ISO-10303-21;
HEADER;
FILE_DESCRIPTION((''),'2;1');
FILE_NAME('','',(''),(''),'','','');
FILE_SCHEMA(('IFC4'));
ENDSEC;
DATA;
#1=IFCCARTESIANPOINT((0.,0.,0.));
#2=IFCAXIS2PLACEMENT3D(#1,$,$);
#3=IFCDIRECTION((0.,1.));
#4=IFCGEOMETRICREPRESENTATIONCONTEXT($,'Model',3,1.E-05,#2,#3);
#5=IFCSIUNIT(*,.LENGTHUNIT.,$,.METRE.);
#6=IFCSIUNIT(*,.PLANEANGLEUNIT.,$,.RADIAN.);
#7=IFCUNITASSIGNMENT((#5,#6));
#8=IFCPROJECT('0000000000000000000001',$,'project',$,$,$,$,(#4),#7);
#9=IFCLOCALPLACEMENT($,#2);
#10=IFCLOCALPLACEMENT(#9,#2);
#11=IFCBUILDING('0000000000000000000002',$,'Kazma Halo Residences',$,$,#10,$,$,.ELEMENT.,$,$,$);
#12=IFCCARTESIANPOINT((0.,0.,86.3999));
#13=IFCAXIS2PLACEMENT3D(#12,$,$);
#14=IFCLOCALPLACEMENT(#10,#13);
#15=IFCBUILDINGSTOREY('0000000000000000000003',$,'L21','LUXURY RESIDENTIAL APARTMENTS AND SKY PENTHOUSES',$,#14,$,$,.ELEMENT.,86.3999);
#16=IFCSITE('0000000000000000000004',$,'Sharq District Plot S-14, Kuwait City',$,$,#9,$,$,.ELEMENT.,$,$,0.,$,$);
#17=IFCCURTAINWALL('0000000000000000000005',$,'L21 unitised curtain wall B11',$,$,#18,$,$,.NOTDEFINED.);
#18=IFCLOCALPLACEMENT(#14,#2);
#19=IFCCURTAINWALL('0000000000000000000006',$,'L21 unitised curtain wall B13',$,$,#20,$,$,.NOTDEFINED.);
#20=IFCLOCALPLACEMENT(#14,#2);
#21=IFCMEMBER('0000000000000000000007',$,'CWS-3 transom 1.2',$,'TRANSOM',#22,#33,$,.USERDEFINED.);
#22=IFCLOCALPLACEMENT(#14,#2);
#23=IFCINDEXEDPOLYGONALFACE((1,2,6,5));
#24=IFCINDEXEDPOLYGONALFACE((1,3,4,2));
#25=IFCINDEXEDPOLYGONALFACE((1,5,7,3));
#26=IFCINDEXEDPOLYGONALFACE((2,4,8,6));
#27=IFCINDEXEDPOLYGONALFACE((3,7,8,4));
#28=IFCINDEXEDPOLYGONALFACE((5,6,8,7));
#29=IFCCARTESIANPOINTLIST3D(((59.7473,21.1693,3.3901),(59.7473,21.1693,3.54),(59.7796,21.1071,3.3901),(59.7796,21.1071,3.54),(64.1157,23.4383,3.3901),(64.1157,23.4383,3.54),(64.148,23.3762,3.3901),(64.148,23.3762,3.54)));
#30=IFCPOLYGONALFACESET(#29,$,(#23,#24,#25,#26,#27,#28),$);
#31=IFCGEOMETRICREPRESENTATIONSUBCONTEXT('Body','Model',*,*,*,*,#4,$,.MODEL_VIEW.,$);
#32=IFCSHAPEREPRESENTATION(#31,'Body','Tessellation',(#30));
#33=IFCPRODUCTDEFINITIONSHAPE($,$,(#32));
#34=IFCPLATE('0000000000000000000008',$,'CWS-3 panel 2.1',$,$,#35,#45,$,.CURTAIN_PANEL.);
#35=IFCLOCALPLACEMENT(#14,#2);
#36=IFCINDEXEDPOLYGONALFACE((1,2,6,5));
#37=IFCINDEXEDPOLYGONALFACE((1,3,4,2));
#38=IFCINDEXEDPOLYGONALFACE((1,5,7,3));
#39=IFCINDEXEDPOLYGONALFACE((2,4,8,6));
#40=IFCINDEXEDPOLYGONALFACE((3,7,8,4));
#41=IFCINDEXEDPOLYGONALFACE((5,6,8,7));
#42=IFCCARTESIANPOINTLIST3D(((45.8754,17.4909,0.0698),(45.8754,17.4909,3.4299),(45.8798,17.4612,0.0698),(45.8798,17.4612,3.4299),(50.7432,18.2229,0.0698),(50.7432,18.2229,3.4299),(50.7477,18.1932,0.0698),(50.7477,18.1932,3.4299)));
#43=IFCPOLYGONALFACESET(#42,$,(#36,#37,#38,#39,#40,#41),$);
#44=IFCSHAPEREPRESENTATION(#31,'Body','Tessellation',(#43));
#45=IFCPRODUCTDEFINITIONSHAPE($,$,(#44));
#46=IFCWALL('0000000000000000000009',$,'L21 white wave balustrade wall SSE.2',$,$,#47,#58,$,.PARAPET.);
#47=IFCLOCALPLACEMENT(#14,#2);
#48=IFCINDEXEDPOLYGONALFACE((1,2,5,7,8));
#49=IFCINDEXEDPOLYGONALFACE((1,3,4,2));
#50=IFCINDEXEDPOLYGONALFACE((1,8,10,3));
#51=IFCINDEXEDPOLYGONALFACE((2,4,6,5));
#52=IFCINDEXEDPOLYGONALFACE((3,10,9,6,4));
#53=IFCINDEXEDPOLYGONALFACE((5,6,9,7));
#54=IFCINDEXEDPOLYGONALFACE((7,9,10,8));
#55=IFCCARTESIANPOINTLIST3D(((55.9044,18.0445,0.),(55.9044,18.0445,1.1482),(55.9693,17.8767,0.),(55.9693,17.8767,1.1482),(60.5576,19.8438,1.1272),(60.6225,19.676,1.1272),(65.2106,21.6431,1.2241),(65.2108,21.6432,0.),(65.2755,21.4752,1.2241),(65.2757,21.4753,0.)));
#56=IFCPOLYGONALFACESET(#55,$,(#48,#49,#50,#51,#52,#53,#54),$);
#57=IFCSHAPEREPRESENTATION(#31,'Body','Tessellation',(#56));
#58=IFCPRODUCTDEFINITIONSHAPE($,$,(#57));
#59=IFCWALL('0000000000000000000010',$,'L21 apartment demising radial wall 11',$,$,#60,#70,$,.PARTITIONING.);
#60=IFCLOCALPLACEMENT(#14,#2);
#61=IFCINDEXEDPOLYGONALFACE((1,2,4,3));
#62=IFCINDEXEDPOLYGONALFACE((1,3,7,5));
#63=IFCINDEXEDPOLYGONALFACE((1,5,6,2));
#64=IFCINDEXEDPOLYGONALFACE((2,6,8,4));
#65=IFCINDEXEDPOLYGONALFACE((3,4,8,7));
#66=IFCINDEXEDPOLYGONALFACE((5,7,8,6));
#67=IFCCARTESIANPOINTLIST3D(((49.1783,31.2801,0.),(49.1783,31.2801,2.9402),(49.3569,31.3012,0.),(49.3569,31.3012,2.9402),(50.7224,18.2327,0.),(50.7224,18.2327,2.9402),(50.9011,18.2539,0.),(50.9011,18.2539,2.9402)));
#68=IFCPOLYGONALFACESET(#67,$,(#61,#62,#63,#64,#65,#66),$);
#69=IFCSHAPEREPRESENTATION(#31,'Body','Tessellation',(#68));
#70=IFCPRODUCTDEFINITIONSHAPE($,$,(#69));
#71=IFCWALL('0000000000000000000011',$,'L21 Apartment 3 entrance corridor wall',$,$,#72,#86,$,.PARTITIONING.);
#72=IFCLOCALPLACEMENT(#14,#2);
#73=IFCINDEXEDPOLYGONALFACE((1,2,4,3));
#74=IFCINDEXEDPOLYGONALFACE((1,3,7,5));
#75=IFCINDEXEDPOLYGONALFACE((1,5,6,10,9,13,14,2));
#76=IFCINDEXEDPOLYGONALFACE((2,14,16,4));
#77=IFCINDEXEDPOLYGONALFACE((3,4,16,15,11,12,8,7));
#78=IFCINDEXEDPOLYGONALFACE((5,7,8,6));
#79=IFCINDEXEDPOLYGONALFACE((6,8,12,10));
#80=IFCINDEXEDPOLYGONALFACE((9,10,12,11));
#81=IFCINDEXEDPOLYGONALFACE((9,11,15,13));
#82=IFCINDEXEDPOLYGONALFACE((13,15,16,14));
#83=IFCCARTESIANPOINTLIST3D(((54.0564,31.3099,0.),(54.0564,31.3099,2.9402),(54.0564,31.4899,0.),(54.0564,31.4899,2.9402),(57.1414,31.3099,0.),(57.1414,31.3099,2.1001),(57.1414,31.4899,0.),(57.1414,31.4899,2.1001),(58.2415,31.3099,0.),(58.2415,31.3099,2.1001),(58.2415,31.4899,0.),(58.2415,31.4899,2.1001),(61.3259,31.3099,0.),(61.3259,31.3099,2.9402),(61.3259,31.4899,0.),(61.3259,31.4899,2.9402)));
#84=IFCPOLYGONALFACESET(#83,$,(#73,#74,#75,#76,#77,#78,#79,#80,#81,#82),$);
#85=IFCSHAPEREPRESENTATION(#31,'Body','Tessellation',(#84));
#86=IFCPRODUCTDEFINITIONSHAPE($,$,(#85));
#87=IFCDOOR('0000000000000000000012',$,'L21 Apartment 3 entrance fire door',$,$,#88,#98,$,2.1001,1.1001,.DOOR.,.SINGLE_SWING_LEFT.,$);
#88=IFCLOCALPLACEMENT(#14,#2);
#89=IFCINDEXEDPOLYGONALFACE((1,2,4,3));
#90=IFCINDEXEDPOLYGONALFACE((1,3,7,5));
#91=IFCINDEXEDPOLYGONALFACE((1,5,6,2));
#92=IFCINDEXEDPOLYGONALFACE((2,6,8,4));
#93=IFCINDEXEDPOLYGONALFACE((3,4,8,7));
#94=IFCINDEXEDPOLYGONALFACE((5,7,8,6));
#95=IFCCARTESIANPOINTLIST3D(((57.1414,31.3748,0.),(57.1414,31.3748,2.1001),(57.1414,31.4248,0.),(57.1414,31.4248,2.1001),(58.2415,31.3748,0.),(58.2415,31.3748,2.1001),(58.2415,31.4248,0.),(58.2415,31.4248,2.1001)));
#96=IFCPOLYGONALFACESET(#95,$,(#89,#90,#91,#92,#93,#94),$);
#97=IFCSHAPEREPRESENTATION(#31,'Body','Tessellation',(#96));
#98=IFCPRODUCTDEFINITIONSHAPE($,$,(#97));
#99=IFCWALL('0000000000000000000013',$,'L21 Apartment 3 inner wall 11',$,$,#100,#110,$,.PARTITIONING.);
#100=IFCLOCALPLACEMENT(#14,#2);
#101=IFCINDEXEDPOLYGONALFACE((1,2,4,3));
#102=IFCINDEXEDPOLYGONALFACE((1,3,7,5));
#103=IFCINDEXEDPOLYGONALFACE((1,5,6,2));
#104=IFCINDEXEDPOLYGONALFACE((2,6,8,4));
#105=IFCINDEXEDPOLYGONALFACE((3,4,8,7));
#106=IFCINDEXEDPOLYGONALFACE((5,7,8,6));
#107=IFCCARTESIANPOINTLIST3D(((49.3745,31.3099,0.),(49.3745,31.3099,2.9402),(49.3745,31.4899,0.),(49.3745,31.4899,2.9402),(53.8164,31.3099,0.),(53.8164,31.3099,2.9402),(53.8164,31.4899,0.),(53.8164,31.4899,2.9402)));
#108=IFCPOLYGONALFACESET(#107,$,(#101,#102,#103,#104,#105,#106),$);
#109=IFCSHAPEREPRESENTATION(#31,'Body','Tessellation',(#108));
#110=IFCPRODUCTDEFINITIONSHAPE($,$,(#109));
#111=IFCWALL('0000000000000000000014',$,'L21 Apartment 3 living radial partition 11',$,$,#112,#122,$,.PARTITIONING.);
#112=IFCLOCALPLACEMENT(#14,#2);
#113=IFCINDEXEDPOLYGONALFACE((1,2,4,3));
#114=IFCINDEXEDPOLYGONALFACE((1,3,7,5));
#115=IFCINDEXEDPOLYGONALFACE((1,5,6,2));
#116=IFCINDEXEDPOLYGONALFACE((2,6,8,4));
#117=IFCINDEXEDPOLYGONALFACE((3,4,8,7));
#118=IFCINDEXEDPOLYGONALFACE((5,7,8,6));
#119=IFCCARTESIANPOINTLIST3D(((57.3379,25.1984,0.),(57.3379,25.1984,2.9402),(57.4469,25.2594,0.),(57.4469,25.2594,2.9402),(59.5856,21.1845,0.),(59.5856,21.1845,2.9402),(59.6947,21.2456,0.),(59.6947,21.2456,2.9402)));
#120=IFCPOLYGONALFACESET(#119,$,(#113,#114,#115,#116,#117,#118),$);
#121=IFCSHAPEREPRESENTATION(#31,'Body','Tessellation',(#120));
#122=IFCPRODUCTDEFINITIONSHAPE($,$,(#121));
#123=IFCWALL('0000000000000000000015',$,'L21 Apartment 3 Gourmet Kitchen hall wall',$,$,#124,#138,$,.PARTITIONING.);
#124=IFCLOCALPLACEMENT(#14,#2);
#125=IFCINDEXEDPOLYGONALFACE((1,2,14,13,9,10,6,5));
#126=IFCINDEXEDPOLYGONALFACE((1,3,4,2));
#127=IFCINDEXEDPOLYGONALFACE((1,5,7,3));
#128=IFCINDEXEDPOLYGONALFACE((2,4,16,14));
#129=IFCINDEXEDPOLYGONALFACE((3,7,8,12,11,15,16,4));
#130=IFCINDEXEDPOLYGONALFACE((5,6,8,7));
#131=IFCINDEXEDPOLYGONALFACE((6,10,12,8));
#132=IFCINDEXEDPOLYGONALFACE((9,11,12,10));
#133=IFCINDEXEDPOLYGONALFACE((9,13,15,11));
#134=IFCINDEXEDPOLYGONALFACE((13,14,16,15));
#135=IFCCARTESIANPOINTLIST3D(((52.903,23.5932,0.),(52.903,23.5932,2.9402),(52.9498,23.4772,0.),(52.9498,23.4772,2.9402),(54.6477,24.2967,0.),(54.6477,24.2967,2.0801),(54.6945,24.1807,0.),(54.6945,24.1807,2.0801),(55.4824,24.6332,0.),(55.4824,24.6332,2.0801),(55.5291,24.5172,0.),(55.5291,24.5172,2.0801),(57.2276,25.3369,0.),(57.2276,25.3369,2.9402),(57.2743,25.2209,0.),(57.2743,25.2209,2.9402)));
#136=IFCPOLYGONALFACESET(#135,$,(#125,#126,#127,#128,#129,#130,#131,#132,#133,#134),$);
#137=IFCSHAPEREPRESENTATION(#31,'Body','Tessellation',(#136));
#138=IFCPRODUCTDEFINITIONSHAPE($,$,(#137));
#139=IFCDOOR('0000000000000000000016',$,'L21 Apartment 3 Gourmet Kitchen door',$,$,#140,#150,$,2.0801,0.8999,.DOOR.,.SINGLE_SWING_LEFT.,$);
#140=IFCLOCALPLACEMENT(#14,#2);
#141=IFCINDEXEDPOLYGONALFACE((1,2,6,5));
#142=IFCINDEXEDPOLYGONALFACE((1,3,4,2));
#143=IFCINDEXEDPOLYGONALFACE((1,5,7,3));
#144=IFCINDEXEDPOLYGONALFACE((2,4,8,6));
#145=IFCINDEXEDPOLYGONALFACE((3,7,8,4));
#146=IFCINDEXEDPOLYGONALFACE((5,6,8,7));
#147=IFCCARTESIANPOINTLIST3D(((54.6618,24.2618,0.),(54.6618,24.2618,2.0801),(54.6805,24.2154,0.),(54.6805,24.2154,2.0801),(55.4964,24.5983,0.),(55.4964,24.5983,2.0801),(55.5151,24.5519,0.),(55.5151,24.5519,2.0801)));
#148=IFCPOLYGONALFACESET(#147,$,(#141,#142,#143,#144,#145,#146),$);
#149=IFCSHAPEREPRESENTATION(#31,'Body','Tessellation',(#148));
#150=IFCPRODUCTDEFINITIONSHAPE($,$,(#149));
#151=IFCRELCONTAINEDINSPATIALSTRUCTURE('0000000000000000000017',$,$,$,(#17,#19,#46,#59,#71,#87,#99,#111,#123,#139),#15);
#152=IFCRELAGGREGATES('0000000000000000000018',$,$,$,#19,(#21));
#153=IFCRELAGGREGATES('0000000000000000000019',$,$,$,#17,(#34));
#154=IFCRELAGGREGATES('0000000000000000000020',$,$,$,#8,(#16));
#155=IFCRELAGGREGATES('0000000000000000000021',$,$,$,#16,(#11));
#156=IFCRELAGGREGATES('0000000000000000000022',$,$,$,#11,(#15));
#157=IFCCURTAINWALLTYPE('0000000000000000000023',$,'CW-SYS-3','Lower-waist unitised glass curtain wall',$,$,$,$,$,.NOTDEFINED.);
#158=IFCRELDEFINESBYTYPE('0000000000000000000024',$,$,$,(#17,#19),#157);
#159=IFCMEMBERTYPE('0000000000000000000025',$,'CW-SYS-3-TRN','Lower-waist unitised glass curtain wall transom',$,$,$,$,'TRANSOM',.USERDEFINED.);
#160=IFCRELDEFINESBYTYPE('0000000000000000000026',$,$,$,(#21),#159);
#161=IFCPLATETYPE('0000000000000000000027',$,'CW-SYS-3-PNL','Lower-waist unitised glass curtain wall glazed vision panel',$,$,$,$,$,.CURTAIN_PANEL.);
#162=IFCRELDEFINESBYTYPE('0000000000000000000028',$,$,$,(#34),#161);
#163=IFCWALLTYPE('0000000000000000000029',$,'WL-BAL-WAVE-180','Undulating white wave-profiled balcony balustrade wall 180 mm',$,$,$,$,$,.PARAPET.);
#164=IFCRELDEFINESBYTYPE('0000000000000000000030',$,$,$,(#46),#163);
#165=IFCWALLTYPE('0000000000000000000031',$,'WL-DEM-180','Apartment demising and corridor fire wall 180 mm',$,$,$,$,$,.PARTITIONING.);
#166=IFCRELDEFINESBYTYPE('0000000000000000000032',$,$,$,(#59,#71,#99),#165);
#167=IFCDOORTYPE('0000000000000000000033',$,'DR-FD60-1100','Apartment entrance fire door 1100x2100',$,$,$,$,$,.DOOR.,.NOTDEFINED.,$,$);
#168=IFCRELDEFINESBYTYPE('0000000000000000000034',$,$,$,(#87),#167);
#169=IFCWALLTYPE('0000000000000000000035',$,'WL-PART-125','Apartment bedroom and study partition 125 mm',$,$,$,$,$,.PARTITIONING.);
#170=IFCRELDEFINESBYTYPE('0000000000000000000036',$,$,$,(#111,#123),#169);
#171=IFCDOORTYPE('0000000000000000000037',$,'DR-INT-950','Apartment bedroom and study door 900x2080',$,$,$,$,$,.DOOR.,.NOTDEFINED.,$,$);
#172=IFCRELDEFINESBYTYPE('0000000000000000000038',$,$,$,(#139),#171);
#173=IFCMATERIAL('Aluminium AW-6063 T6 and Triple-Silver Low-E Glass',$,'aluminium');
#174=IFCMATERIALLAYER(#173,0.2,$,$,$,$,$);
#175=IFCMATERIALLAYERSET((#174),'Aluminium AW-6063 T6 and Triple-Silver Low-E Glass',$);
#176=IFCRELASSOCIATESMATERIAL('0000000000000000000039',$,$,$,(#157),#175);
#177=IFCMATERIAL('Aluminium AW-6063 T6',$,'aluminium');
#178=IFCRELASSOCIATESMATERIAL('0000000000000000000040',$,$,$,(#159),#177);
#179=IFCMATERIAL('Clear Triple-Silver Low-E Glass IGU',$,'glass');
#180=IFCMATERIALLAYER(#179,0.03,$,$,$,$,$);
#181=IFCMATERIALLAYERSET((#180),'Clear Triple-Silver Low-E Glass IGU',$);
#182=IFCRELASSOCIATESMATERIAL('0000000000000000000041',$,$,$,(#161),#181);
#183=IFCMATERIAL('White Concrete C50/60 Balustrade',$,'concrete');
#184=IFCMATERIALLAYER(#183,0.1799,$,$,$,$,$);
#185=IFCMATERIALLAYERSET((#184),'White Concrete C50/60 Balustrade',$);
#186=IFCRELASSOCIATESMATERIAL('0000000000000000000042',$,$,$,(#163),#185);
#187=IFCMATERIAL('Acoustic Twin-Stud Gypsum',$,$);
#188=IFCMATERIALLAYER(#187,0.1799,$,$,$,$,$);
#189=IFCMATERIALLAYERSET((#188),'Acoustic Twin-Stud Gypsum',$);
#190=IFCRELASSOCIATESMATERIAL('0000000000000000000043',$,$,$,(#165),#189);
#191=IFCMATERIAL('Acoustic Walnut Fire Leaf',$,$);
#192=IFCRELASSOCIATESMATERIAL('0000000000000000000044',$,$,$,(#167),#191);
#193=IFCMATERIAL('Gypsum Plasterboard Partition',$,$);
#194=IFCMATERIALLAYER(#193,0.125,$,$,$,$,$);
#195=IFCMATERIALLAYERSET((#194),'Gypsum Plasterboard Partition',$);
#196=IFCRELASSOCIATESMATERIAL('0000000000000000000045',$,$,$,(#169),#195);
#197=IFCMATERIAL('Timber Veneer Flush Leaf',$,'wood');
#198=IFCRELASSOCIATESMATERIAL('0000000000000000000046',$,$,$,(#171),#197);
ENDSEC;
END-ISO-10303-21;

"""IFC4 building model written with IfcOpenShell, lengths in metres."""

from ifc_helpers import new_model, si_unit, direction, frame, frame_2d, origin, origin_2d, place, context, subcontext, project, spatial, polyline, rectangle, outline, extrude, material, layer, layer_set, material_profile, profile_set, type_object, element, fill, aggregate, save


model = new_model("IFC4")

# Units and contexts
model_context = context("Model", 3, precision=1e-05, world=origin(), true_north=direction((0.0, 1.0)))
body_context = subcontext(model_context, "Body", "Model", "MODEL_VIEW")
ifc_project = project(units=[si_unit("LENGTHUNIT", "METRE"), si_unit("PLANEANGLEUNIT", "RADIAN")], contexts=[model_context])

# Site, building, storey
site_placement = place(None, origin())
site = spatial("IfcSite", under=ifc_project, at=site_placement, Name="Sharq District Plot S-14, Kuwait City", CompositionType="ELEMENT", RefElevation=0.0)
building_placement = place(site_placement, origin())
building = spatial("IfcBuilding", under=site, at=building_placement, Name="Kazma Halo Residences", CompositionType="ELEMENT")
storey_placement = place(building_placement, frame((0.0, 0.0, 86.3999)))
storey = spatial("IfcBuildingStorey", under=building, at=storey_placement, Name="L21", Description="LUXURY RESIDENTIAL APARTMENTS AND SKY PENTHOUSES", CompositionType="ELEMENT", Elevation=86.3999)

# Curtain wall
ifc_material_1 = material(Name="Aluminium AW-6063 T6 and Triple-Silver Low-E Glass", Category="aluminium")
ifc_layer_1 = layer(ifc_material_1, 0.2)
ifc_layer_set_1 = layer_set([ifc_layer_1], Name="Aluminium AW-6063 T6 and Triple-Silver Low-E Glass")
curtain_wall_type = type_object("IfcCurtainWallType", Name="CW-SYS-3", Description="Lower-waist unitised glass curtain wall", PredefinedType="NOTDEFINED", material=ifc_layer_set_1)
curtain_wall_1_placement = place(storey_placement, origin())
curtain_wall_1 = element("IfcCurtainWall", 1, at=curtain_wall_1_placement, inside=storey, type_object=curtain_wall_type, Name="L21 unitised curtain wall B11", PredefinedType="NOTDEFINED")
ifc_material_2 = material(Name="Aluminium AW-6063 T6", Category="aluminium")

# Curtain wall, member
curtain_wall_2_placement = place(storey_placement, origin())
curtain_wall_2 = element("IfcCurtainWall", 2, at=curtain_wall_2_placement, inside=storey, type_object=curtain_wall_type, Name="L21 unitised curtain wall B13", PredefinedType="NOTDEFINED")
ifc_material_profile_1 = material_profile(ifc_material_2, rectangle(XDim=0.0701, YDim=0.1499, at=origin_2d()), Name="CWT-70x150")
ifc_profile_set_1 = profile_set([ifc_material_profile_1], Name="Aluminium AW-6063 T6")
member_type_1 = type_object("IfcMemberType", Name="CW-SYS-3-TRN", Description="Lower-waist unitised glass curtain wall transom", ElementType="TRANSOM", PredefinedType="USERDEFINED", material=ifc_profile_set_1)
member_1_placement = place(storey_placement, frame((59.7634, 21.1382, 3.4651), z_axis=(0.887427, 0.460948, 0.0), x_axis=(-0.460948, 0.887427, 0.0)))
member_1 = element("IfcMember", 3, at=member_1_placement, type_object=member_type_1, Name="CWS-3 transom 1.2", ObjectType="TRANSOM", PredefinedType="USERDEFINED", context=body_context, shape_type="SweptSolid", body=[
    extrude(rectangle(XDim=0.0701, YDim=0.1499, at=origin_2d()), origin(), (0.0, 0.0, 1.0), 4.9226),
])
aggregate(curtain_wall_2, [member_1])

# Plate
ifc_material_3 = material(Name="Clear Triple-Silver Low-E Glass IGU", Category="glass")
ifc_layer_2 = layer(ifc_material_3, 0.03)
ifc_layer_set_2 = layer_set([ifc_layer_2], Name="Clear Triple-Silver Low-E Glass IGU")
plate_type = type_object("IfcPlateType", Name="CW-SYS-3-PNL", Description="Lower-waist unitised glass curtain wall glazed vision panel", PredefinedType="CURTAIN_PANEL", material=ifc_layer_set_2)
plate_placement = place(storey_placement, frame((48.3115, 17.842, 0.0698), z_axis=(0.0, 0.0, 1.0), x_axis=(0.98888, 0.148717, 0.0)))
plate = element("IfcPlate", 4, at=plate_placement, type_object=plate_type, Name="CWS-3 panel 2.1", PredefinedType="CURTAIN_PANEL", context=body_context, shape_type="SweptSolid", body=[
    extrude(rectangle(XDim=4.9226, YDim=0.03, at=origin_2d()), origin(), (0.0, 0.0, 1.0), 3.3601),
])
aggregate(curtain_wall_1, [plate])

# Walls
ifc_material_4 = material(Name="White Concrete C50/60 Balustrade", Category="concrete")
ifc_layer_3 = layer(ifc_material_4, 0.1799)
ifc_layer_set_3 = layer_set([ifc_layer_3], Name="White Concrete C50/60 Balustrade")
wall_type_1 = type_object("IfcWallType", Name="WL-BAL-WAVE-180", Description="Undulating white wave-profiled balcony balustrade wall 180 mm", PredefinedType="PARAPET", material=ifc_layer_set_3)
wall_1_placement = place(storey_placement, frame((55.9368, 17.9607, 0.0), z_axis=(0.0, 0.0, 1.0), x_axis=(0.932698, 0.360659, 0.0)))
element("IfcWall", 5, at=wall_1_placement, inside=storey, type_object=wall_type_1, Name="L21 white wave balustrade wall SSE.2", PredefinedType="PARAPET", context=body_context, shape_type="SweptSolid", body=[
    extrude(outline(polyline([(0.0, 0.0), (9.978, 0.0), (9.9778, 1.2241), (4.989, 1.1272), (0.0, 1.1482), (0.0, 0.0)])), frame((0.0, 0.0898, 0.0), z_axis=(0.0, -1.0, 0.0), x_axis=(1.0, 0.0, 0.0)), (0.0, 0.0, 1.0), 0.1799),
])
ifc_material_5 = material(Name="Acoustic Twin-Stud Gypsum")
ifc_layer_4 = layer(ifc_material_5, 0.1799)
ifc_layer_set_4 = layer_set([ifc_layer_4], Name="Acoustic Twin-Stud Gypsum")
wall_type_2 = type_object("IfcWallType", Name="WL-DEM-180", Description="Apartment demising and corridor fire wall 180 mm", PredefinedType="PARTITIONING", material=ifc_layer_set_4)
wall_2_placement = place(storey_placement, frame((49.2676, 31.2908, 0.0), z_axis=(0.0, 0.0, 1.0), x_axis=(0.117532, -0.993069, 0.0)))
element("IfcWall", 6, at=wall_2_placement, inside=storey, type_object=wall_type_2, Name="L21 apartment demising radial wall 11", PredefinedType="PARTITIONING", context=body_context, shape_type="SweptSolid", body=[
    extrude(rectangle(XDim=13.1384, YDim=0.1799, at=frame_2d((6.5693, 0.0))), origin(), (0.0, 0.0, 1.0), 2.9402),
])

# Wall, opening, door
wall_3_placement = place(storey_placement, frame((54.0564, 31.3999, 0.0), z_axis=(0.0, 0.0, 1.0), x_axis=(1.0, 0.0, 0.0)))
wall_3 = element("IfcWall", 7, at=wall_3_placement, inside=storey, type_object=wall_type_2, Name="L21 Apartment 3 entrance corridor wall", PredefinedType="PARTITIONING", context=body_context, shape_type="SweptSolid", body=[
    extrude(rectangle(XDim=7.2695, YDim=0.1799, at=frame_2d((3.6348, 0.0))), origin(), (0.0, 0.0, 1.0), 2.9402),
])
opening_1_placement = place(wall_3_placement, frame((3.085, 0.0, 0.0)))
opening_1 = element("IfcOpeningElement", 8, at=opening_1_placement, cuts=wall_3, PredefinedType="OPENING", context=body_context, shape_type="SweptSolid", body=[
    extrude(rectangle(XDim=1.1001, YDim=2.1001, at=frame_2d((0.55, 1.05))), frame((0.0, 0.0999, 0.0), z_axis=(0.0, -1.0, 0.0), x_axis=(1.0, 0.0, 0.0)), (0.0, 0.0, 1.0), 0.2),
])
ifc_material_6 = material(Name="Acoustic Walnut Fire Leaf")
door_type_1 = type_object("IfcDoorType", Name="DR-FD60-1100", Description="Apartment entrance fire door 1100x2100", OperationType="NOTDEFINED", PredefinedType="DOOR", material=ifc_material_6)
door_1_placement = place(opening_1_placement, origin())
door_1 = element("IfcDoor", 9, at=door_1_placement, inside=storey, type_object=door_type_1, Name="L21 Apartment 3 entrance fire door", OperationType="SINGLE_SWING_LEFT", OverallHeight=2.1001, OverallWidth=1.1001, PredefinedType="DOOR", context=body_context, shape_type="SweptSolid", body=[
    extrude(rectangle(XDim=1.1001, YDim=2.1001, at=frame_2d((0.55, 1.05))), frame((0.0, 0.0249, 0.0), z_axis=(0.0, -1.0, 0.0), x_axis=(1.0, 0.0, 0.0)), (0.0, 0.0, 1.0), 0.05),
])
fill(opening_1, door_1)

# Wall
wall_4_placement = place(storey_placement, frame((49.3745, 31.3999, 0.0), z_axis=(0.0, 0.0, 1.0), x_axis=(1.0, 0.0, 0.0)))
element("IfcWall", 10, at=wall_4_placement, inside=storey, type_object=wall_type_2, Name="L21 Apartment 3 inner wall 11", PredefinedType="PARTITIONING", context=body_context, shape_type="SweptSolid", body=[
    extrude(rectangle(XDim=4.4419, YDim=0.1799, at=frame_2d((2.2209, 0.0))), origin(), (0.0, 0.0, 1.0), 2.9402),
])

# Wall
ifc_material_7 = material(Name="Gypsum Plasterboard Partition")
ifc_layer_5 = layer(ifc_material_7, 0.125)
ifc_layer_set_5 = layer_set([ifc_layer_5], Name="Gypsum Plasterboard Partition")
wall_type_3 = type_object("IfcWallType", Name="WL-PART-125", Description="Apartment bedroom and study partition 125 mm", PredefinedType="PARTITIONING", material=ifc_layer_set_5)
wall_5_placement = place(storey_placement, frame((57.3923, 25.229, 0.0), z_axis=(0.0, 0.0, 1.0), x_axis=(0.488605, -0.872505, 0.0)))
element("IfcWall", 11, at=wall_5_placement, inside=storey, type_object=wall_type_3, Name="L21 Apartment 3 living radial partition 11", PredefinedType="PARTITIONING", context=body_context, shape_type="SweptSolid", body=[
    extrude(rectangle(XDim=4.6003, YDim=0.125, at=frame_2d((2.3003, 0.0))), origin(), (0.0, 0.0, 1.0), 2.9402),
])

# Wall, opening, door
wall_6_placement = place(storey_placement, frame((52.9263, 23.5352, 0.0), z_axis=(0.0, 0.0, 1.0), x_axis=(0.927448, 0.373953, 0.0)))
wall_6 = element("IfcWall", 12, at=wall_6_placement, inside=storey, type_object=wall_type_3, Name="L21 Apartment 3 Gourmet Kitchen hall wall", PredefinedType="PARTITIONING", context=body_context, shape_type="SweptSolid", body=[
    extrude(rectangle(XDim=4.6628, YDim=0.125, at=frame_2d((2.3315, 0.0))), origin(), (0.0, 0.0, 1.0), 2.9402),
])
opening_2_placement = place(wall_6_placement, frame((1.8813, 0.0, 0.0)))
opening_2 = element("IfcOpeningElement", 13, at=opening_2_placement, cuts=wall_6, PredefinedType="OPENING", context=body_context, shape_type="SweptSolid", body=[
    extrude(rectangle(XDim=0.8999, YDim=2.0801, at=frame_2d((0.45, 1.04))), frame((0.0, 0.0725, 0.0), z_axis=(0.0, -1.0, 0.0), x_axis=(1.0, 0.0, 0.0)), (0.0, 0.0, 1.0), 0.145),
])
ifc_material_8 = material(Name="Timber Veneer Flush Leaf", Category="wood")
door_type_2 = type_object("IfcDoorType", Name="DR-INT-950", Description="Apartment bedroom and study door 900x2080", OperationType="NOTDEFINED", PredefinedType="DOOR", material=ifc_material_8)
door_2_placement = place(opening_2_placement, origin())
door_2 = element("IfcDoor", 14, at=door_2_placement, inside=storey, type_object=door_type_2, Name="L21 Apartment 3 Gourmet Kitchen door", OperationType="SINGLE_SWING_LEFT", OverallHeight=2.0801, OverallWidth=0.8999, PredefinedType="DOOR", context=body_context, shape_type="SweptSolid", body=[
    extrude(rectangle(XDim=0.8999, YDim=2.0801, at=frame_2d((0.45, 1.04))), frame((0.0, 0.0249, 0.0), z_axis=(0.0, -1.0, 0.0), x_axis=(1.0, 0.0, 0.0)), (0.0, 0.0, 1.0), 0.05),
])
fill(opening_2, door_2)

save(model, "model.ifc")
